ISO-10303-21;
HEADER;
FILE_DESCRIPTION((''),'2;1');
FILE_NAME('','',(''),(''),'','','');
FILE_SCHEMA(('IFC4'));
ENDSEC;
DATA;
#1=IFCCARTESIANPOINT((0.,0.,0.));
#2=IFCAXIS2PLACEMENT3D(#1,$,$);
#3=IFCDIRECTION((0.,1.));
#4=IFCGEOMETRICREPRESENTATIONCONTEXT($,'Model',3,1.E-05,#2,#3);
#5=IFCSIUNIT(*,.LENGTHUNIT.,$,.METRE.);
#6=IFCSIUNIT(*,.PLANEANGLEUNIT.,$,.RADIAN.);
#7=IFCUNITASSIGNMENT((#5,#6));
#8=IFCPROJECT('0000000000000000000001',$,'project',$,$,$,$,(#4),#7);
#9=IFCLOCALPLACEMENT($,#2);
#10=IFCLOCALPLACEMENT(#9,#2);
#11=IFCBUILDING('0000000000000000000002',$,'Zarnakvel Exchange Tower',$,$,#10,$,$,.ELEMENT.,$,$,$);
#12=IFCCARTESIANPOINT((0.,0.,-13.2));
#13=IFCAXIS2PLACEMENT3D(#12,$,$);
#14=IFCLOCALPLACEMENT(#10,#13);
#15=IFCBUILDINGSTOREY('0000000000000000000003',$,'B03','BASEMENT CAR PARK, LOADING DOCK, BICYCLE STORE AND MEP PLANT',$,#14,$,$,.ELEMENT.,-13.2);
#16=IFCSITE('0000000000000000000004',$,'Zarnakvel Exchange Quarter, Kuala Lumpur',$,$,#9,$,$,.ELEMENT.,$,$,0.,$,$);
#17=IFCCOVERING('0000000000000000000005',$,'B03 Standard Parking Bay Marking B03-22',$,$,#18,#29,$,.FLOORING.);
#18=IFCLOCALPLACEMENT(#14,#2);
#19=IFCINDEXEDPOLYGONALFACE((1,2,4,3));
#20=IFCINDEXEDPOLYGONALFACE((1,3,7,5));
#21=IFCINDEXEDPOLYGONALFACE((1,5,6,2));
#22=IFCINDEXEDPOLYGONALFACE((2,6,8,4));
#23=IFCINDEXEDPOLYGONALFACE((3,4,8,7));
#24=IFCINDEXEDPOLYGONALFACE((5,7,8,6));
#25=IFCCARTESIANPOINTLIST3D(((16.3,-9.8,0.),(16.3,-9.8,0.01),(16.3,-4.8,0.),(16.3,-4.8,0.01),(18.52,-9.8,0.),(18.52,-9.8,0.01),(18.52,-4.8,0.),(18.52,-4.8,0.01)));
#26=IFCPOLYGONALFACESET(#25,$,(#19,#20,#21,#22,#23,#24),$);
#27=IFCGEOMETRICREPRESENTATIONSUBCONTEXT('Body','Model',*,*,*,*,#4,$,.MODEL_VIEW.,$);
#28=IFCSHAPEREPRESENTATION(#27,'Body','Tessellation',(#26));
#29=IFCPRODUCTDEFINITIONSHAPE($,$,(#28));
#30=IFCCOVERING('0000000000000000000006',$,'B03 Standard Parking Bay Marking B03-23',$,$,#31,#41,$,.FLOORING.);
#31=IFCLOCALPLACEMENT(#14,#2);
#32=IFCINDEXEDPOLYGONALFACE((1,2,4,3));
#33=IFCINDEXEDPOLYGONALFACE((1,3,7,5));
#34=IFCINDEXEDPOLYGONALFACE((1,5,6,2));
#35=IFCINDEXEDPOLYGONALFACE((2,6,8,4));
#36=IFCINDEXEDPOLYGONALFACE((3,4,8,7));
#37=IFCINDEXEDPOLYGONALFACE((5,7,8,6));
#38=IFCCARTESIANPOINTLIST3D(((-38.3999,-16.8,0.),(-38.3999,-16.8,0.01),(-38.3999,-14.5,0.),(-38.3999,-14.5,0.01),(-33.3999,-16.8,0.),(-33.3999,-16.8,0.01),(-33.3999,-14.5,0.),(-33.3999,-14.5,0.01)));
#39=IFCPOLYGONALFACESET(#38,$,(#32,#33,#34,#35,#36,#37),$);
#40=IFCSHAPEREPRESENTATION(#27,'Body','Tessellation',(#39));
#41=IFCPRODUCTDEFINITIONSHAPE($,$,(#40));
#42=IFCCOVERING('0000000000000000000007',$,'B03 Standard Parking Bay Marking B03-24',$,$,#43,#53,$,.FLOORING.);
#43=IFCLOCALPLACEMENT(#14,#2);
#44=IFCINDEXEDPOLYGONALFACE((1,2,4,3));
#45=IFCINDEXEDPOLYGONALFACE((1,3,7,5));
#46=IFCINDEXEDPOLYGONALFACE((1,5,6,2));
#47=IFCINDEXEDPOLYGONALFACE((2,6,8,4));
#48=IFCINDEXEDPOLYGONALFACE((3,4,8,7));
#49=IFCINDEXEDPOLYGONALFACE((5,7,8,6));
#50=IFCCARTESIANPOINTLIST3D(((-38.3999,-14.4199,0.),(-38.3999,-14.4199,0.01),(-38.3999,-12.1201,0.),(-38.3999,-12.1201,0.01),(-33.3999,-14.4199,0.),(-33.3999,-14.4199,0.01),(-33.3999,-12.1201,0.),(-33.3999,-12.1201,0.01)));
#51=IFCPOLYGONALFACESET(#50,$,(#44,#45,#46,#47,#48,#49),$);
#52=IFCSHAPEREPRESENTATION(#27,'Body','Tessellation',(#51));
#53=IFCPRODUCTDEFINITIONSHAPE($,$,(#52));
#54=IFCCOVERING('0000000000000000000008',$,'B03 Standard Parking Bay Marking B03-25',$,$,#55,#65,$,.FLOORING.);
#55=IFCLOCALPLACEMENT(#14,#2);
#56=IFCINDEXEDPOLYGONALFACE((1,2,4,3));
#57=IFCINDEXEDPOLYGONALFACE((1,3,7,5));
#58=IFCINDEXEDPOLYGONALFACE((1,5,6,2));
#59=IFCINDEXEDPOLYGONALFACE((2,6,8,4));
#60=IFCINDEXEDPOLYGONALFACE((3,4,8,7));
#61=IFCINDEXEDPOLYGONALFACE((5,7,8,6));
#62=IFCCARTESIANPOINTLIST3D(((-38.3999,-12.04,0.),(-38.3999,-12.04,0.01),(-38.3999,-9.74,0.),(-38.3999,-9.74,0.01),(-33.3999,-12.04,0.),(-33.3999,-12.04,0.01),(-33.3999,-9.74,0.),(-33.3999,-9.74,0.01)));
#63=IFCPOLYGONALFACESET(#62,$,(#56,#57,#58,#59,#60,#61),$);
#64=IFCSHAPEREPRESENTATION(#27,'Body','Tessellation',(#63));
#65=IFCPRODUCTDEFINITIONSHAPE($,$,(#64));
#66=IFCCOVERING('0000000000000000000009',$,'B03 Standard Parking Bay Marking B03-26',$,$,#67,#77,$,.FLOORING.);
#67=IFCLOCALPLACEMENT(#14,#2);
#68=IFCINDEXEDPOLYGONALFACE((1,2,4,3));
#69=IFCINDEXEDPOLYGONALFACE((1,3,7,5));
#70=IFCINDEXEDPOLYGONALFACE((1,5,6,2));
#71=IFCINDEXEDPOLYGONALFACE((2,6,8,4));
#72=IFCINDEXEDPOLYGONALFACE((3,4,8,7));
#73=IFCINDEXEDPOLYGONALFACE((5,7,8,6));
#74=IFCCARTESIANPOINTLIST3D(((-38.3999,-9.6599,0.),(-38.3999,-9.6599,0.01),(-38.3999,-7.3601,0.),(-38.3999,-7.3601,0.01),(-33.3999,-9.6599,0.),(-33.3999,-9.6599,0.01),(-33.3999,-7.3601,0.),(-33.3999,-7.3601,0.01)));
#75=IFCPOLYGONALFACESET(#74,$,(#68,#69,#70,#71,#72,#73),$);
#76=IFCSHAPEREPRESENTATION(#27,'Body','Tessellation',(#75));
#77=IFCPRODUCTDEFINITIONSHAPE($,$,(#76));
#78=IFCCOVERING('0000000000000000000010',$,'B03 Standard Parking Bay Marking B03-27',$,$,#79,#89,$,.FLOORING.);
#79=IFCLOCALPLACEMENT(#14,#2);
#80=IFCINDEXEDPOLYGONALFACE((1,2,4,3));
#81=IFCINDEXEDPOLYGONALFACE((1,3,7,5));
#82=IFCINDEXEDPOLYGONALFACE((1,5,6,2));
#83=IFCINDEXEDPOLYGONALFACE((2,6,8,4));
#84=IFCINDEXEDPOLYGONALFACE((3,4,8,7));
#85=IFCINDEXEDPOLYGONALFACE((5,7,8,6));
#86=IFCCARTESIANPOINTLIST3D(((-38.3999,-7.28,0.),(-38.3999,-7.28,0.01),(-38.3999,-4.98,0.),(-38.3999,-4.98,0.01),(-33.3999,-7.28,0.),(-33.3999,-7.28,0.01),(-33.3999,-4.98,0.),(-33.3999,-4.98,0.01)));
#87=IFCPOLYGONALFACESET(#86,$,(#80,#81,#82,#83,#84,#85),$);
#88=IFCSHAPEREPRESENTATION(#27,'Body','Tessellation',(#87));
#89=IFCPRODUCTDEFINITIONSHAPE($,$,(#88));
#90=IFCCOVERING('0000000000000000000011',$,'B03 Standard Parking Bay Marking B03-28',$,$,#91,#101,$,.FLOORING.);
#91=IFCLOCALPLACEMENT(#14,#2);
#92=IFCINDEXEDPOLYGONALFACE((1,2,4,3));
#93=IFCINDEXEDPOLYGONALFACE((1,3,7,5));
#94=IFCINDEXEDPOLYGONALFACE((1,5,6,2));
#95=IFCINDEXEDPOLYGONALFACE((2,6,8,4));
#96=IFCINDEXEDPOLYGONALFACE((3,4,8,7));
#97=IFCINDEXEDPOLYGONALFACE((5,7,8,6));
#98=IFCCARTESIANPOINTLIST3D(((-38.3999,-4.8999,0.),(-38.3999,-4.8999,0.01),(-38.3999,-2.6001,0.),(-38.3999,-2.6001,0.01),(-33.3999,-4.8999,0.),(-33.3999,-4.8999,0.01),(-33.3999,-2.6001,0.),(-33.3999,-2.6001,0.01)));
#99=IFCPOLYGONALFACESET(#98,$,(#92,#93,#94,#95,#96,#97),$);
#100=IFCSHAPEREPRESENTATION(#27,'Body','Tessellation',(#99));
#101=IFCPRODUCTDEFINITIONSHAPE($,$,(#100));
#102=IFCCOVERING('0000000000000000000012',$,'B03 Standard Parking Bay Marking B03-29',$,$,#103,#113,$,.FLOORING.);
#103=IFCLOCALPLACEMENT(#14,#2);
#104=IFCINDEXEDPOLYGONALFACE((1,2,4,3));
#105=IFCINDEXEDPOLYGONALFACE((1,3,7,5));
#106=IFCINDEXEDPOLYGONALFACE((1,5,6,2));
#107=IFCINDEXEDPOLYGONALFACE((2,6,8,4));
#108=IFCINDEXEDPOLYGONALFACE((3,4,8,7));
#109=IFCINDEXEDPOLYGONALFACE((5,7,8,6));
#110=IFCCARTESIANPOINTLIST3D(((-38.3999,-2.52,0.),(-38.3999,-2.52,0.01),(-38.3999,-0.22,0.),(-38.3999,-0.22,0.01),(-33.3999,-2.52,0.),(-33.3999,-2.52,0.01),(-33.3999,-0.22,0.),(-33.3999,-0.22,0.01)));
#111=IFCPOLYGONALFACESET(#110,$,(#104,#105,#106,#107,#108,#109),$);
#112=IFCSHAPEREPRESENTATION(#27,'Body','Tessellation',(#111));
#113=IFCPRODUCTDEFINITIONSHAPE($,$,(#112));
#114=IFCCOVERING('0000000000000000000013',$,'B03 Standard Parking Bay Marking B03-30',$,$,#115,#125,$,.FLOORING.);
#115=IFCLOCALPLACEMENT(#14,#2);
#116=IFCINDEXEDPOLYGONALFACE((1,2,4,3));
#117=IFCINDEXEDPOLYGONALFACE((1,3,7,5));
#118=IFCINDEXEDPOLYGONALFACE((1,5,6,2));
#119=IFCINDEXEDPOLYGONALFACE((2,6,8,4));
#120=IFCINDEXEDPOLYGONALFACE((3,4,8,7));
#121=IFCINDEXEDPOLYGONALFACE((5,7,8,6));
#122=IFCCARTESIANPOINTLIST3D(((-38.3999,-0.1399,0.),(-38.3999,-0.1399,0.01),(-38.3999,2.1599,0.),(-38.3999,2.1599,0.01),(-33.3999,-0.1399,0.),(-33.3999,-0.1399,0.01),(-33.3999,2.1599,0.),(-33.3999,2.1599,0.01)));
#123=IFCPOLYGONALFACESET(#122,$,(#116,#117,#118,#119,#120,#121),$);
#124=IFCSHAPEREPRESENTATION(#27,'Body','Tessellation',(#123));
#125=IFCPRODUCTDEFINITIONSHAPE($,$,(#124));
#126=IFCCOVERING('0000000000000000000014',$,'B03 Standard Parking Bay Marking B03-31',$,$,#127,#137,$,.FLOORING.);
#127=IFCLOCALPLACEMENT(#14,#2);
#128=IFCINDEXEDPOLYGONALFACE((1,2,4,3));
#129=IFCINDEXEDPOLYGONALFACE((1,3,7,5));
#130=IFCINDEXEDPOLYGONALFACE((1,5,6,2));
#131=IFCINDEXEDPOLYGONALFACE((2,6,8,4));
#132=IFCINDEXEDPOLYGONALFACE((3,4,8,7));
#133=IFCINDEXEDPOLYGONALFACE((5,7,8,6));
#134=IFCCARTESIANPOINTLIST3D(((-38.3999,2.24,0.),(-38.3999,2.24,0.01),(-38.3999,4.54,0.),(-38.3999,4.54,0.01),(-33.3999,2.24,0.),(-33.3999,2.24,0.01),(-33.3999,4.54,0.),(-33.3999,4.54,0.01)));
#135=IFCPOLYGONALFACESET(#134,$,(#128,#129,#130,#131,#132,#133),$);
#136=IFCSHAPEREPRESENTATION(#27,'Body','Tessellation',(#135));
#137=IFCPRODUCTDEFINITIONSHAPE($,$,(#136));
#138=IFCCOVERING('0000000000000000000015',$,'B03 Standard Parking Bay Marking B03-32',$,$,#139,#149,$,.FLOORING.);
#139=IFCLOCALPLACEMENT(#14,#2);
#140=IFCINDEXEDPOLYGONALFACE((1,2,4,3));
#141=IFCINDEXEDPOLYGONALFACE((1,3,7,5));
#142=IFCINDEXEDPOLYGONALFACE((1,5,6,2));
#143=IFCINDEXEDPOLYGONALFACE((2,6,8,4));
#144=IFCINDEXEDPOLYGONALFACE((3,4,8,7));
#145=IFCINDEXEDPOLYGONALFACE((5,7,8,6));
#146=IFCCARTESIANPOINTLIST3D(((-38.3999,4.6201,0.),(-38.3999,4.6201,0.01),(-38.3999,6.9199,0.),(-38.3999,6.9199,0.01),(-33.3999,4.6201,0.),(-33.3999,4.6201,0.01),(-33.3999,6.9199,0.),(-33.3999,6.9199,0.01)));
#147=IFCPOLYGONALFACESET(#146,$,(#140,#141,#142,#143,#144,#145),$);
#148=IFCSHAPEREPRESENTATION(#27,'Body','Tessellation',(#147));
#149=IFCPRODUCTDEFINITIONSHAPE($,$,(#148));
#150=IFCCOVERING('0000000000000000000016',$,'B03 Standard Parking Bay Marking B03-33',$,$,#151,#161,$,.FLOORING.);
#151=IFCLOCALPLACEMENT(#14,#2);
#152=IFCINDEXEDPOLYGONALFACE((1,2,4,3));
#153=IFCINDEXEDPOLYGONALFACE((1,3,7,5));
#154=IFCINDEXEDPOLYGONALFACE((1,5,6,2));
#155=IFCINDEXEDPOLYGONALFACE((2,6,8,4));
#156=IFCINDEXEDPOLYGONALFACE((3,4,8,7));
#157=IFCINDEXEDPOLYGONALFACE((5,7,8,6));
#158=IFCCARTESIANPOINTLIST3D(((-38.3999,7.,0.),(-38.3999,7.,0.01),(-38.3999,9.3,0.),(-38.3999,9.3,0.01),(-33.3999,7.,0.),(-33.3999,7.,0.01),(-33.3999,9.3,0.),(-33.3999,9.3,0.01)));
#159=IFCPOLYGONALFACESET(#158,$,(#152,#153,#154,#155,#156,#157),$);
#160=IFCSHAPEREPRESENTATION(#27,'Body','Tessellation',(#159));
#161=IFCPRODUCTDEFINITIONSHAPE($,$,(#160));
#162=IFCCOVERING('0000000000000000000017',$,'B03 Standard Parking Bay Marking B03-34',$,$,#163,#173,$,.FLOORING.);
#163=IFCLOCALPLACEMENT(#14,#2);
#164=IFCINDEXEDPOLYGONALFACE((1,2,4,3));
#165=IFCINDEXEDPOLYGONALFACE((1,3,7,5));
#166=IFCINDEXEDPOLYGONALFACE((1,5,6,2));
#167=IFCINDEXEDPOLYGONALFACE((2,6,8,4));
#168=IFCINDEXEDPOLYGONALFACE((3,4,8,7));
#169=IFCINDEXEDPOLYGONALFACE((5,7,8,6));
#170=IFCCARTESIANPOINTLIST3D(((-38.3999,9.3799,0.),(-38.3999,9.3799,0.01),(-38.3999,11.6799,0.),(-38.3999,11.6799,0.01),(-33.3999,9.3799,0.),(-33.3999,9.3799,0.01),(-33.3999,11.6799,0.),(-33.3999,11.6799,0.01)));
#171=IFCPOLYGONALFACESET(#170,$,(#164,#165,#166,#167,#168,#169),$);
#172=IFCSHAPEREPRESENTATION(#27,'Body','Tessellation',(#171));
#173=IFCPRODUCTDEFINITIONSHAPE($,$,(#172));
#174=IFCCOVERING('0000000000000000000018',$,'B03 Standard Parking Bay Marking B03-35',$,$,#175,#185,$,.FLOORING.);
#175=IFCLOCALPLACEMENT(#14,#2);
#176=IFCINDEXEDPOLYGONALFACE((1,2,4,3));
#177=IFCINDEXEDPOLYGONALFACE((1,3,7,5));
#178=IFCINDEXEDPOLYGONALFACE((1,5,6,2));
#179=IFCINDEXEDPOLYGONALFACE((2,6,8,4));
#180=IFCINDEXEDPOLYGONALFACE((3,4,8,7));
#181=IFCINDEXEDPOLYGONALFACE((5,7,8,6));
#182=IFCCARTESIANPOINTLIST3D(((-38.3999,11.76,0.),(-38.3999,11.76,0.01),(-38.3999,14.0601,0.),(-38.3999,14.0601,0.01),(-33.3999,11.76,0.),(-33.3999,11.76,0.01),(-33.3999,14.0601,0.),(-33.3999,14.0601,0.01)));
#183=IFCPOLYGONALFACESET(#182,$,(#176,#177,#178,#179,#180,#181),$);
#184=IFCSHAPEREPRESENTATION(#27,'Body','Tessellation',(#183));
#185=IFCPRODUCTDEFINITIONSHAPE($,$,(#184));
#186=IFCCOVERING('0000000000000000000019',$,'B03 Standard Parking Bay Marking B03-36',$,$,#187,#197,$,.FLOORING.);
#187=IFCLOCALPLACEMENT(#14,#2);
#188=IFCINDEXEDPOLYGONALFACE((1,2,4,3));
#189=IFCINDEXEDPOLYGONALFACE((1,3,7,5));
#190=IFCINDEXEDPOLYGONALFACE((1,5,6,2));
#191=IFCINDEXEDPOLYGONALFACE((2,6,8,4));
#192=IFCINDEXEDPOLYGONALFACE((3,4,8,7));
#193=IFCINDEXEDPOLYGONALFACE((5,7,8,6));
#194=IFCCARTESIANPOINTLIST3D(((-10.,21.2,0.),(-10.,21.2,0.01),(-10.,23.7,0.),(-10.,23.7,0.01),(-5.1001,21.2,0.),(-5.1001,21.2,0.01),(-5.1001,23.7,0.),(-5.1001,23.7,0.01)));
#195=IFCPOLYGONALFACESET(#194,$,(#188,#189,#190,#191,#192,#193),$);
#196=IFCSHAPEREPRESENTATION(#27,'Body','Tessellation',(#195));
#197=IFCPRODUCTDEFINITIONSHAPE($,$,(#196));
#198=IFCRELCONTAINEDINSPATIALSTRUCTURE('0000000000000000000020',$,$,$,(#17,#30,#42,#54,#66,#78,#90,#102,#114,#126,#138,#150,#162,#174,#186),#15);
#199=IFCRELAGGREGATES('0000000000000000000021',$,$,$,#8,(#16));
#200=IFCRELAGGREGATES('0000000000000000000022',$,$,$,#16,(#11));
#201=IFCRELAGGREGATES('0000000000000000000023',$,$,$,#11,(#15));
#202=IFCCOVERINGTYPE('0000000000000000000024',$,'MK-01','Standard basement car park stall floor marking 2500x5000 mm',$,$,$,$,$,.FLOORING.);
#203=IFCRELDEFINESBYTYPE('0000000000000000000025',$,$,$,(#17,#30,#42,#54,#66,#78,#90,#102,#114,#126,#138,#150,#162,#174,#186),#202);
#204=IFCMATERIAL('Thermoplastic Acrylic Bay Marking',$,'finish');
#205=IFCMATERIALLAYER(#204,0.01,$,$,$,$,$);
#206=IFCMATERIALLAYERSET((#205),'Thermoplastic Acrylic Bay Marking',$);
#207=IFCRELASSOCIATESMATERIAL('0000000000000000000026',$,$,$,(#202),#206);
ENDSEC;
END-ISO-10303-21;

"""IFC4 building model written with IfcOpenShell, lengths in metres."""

from ifc_helpers import new_model, si_unit, direction, frame, origin, place, context, subcontext, project, spatial, polyline, outline, extrude, material, layer, layer_set, type_object, element, save


model = new_model("IFC4")

# Units and contexts
model_context = context("Model", 3, precision=1e-05, world=origin(), true_north=direction((0.0, 1.0)))
body_context = subcontext(model_context, "Body", "Model", "MODEL_VIEW")
ifc_project = project(units=[si_unit("LENGTHUNIT", "METRE"), si_unit("PLANEANGLEUNIT", "RADIAN")], contexts=[model_context])

# Site, building, storey
site_placement = place(None, origin())
site = spatial("IfcSite", under=ifc_project, at=site_placement, Name="Zarnakvel Exchange Quarter, Kuala Lumpur", CompositionType="ELEMENT", RefElevation=0.0)
building_placement = place(site_placement, origin())
building = spatial("IfcBuilding", under=site, at=building_placement, Name="Zarnakvel Exchange Tower", CompositionType="ELEMENT")
storey_placement = place(building_placement, frame((0.0, 0.0, -13.2)))
storey = spatial("IfcBuildingStorey", under=building, at=storey_placement, Name="B03", Description="BASEMENT CAR PARK, LOADING DOCK, BICYCLE STORE AND MEP PLANT", CompositionType="ELEMENT", Elevation=-13.2)

# Coverings
ifc_material_1 = material(Name="Thermoplastic Acrylic Bay Marking", Category="finish")
ifc_layer = layer(ifc_material_1, 0.01)
ifc_layer_set = layer_set([ifc_layer], Name="Thermoplastic Acrylic Bay Marking")
covering_type = type_object("IfcCoveringType", Name="MK-01", Description="Standard basement car park stall floor marking 2500x5000 mm", PredefinedType="FLOORING", material=ifc_layer_set)
covering_1_placement = place(storey_placement, origin())
element("IfcCovering", 1, at=covering_1_placement, inside=storey, type_object=covering_type, Name="B03 Standard Parking Bay Marking B03-22", PredefinedType="FLOORING", context=body_context, shape_type="SweptSolid", body=[
    extrude(outline(polyline([(16.3, -9.8), (18.52, -9.8), (18.52, -4.8), (16.3, -4.8), (16.3, -9.8)])), origin(), (0.0, 0.0, 1.0), 0.01),
])
covering_2_placement = place(storey_placement, origin())
element("IfcCovering", 2, at=covering_2_placement, inside=storey, type_object=covering_type, Name="B03 Standard Parking Bay Marking B03-23", PredefinedType="FLOORING", context=body_context, shape_type="SweptSolid", body=[
    extrude(outline(polyline([(-38.3999, -16.8), (-33.3999, -16.8), (-33.3999, -14.5), (-38.3999, -14.5), (-38.3999, -16.8)])), origin(), (0.0, 0.0, 1.0), 0.01),
])
covering_3_placement = place(storey_placement, origin())
element("IfcCovering", 3, at=covering_3_placement, inside=storey, type_object=covering_type, Name="B03 Standard Parking Bay Marking B03-24", PredefinedType="FLOORING", context=body_context, shape_type="SweptSolid", body=[
    extrude(outline(polyline([(-38.3999, -14.4199), (-33.3999, -14.4199), (-33.3999, -12.1201), (-38.3999, -12.1201), (-38.3999, -14.4199)])), origin(), (0.0, 0.0, 1.0), 0.01),
])
covering_4_placement = place(storey_placement, origin())
element("IfcCovering", 4, at=covering_4_placement, inside=storey, type_object=covering_type, Name="B03 Standard Parking Bay Marking B03-25", PredefinedType="FLOORING", context=body_context, shape_type="SweptSolid", body=[
    extrude(outline(polyline([(-38.3999, -12.04), (-33.3999, -12.04), (-33.3999, -9.74), (-38.3999, -9.74), (-38.3999, -12.04)])), origin(), (0.0, 0.0, 1.0), 0.01),
])
covering_5_placement = place(storey_placement, origin())
element("IfcCovering", 5, at=covering_5_placement, inside=storey, type_object=covering_type, Name="B03 Standard Parking Bay Marking B03-26", PredefinedType="FLOORING", context=body_context, shape_type="SweptSolid", body=[
    extrude(outline(polyline([(-38.3999, -9.6599), (-33.3999, -9.6599), (-33.3999, -7.3601), (-38.3999, -7.3601), (-38.3999, -9.6599)])), origin(), (0.0, 0.0, 1.0), 0.01),
])
covering_6_placement = place(storey_placement, origin())
element("IfcCovering", 6, at=covering_6_placement, inside=storey, type_object=covering_type, Name="B03 Standard Parking Bay Marking B03-27", PredefinedType="FLOORING", context=body_context, shape_type="SweptSolid", body=[
    extrude(outline(polyline([(-38.3999, -7.28), (-33.3999, -7.28), (-33.3999, -4.98), (-38.3999, -4.98), (-38.3999, -7.28)])), origin(), (0.0, 0.0, 1.0), 0.01),
])
covering_7_placement = place(storey_placement, origin())
element("IfcCovering", 7, at=covering_7_placement, inside=storey, type_object=covering_type, Name="B03 Standard Parking Bay Marking B03-28", PredefinedType="FLOORING", context=body_context, shape_type="SweptSolid", body=[
    extrude(outline(polyline([(-38.3999, -4.8999), (-33.3999, -4.8999), (-33.3999, -2.6001), (-38.3999, -2.6001), (-38.3999, -4.8999)])), origin(), (0.0, 0.0, 1.0), 0.01),
])
covering_8_placement = place(storey_placement, origin())
element("IfcCovering", 8, at=covering_8_placement, inside=storey, type_object=covering_type, Name="B03 Standard Parking Bay Marking B03-29", PredefinedType="FLOORING", context=body_context, shape_type="SweptSolid", body=[
    extrude(outline(polyline([(-38.3999, -2.52), (-33.3999, -2.52), (-33.3999, -0.22), (-38.3999, -0.22), (-38.3999, -2.52)])), origin(), (0.0, 0.0, 1.0), 0.01),
])
covering_9_placement = place(storey_placement, origin())
element("IfcCovering", 9, at=covering_9_placement, inside=storey, type_object=covering_type, Name="B03 Standard Parking Bay Marking B03-30", PredefinedType="FLOORING", context=body_context, shape_type="SweptSolid", body=[
    extrude(outline(polyline([(-38.3999, -0.1399), (-33.3999, -0.1399), (-33.3999, 2.1599), (-38.3999, 2.1599), (-38.3999, -0.1399)])), origin(), (0.0, 0.0, 1.0), 0.01),
])
covering_10_placement = place(storey_placement, origin())
element("IfcCovering", 10, at=covering_10_placement, inside=storey, type_object=covering_type, Name="B03 Standard Parking Bay Marking B03-31", PredefinedType="FLOORING", context=body_context, shape_type="SweptSolid", body=[
    extrude(outline(polyline([(-38.3999, 2.24), (-33.3999, 2.24), (-33.3999, 4.54), (-38.3999, 4.54), (-38.3999, 2.24)])), origin(), (0.0, 0.0, 1.0), 0.01),
])
covering_11_placement = place(storey_placement, origin())
element("IfcCovering", 11, at=covering_11_placement, inside=storey, type_object=covering_type, Name="B03 Standard Parking Bay Marking B03-32", PredefinedType="FLOORING", context=body_context, shape_type="SweptSolid", body=[
    extrude(outline(polyline([(-38.3999, 4.6201), (-33.3999, 4.6201), (-33.3999, 6.9199), (-38.3999, 6.9199), (-38.3999, 4.6201)])), origin(), (0.0, 0.0, 1.0), 0.01),
])
covering_12_placement = place(storey_placement, origin())
element("IfcCovering", 12, at=covering_12_placement, inside=storey, type_object=covering_type, Name="B03 Standard Parking Bay Marking B03-33", PredefinedType="FLOORING", context=body_context, shape_type="SweptSolid", body=[
    extrude(outline(polyline([(-38.3999, 7.0), (-33.3999, 7.0), (-33.3999, 9.3), (-38.3999, 9.3), (-38.3999, 7.0)])), origin(), (0.0, 0.0, 1.0), 0.01),
])
covering_13_placement = place(storey_placement, origin())
element("IfcCovering", 13, at=covering_13_placement, inside=storey, type_object=covering_type, Name="B03 Standard Parking Bay Marking B03-34", PredefinedType="FLOORING", context=body_context, shape_type="SweptSolid", body=[
    extrude(outline(polyline([(-38.3999, 9.3799), (-33.3999, 9.3799), (-33.3999, 11.6799), (-38.3999, 11.6799), (-38.3999, 9.3799)])), origin(), (0.0, 0.0, 1.0), 0.01),
])
covering_14_placement = place(storey_placement, origin())
element("IfcCovering", 14, at=covering_14_placement, inside=storey, type_object=covering_type, Name="B03 Standard Parking Bay Marking B03-35", PredefinedType="FLOORING", context=body_context, shape_type="SweptSolid", body=[
    extrude(outline(polyline([(-38.3999, 11.76), (-33.3999, 11.76), (-33.3999, 14.0601), (-38.3999, 14.0601), (-38.3999, 11.76)])), origin(), (0.0, 0.0, 1.0), 0.01),
])
covering_15_placement = place(storey_placement, origin())
element("IfcCovering", 15, at=covering_15_placement, inside=storey, type_object=covering_type, Name="B03 Standard Parking Bay Marking B03-36", PredefinedType="FLOORING", context=body_context, shape_type="SweptSolid", body=[
    extrude(outline(polyline([(-10.0, 21.2), (-5.1001, 21.2), (-5.1001, 23.7), (-10.0, 23.7), (-10.0, 21.2)])), origin(), (0.0, 0.0, 1.0), 0.01),
])

save(model, "model.ifc")
